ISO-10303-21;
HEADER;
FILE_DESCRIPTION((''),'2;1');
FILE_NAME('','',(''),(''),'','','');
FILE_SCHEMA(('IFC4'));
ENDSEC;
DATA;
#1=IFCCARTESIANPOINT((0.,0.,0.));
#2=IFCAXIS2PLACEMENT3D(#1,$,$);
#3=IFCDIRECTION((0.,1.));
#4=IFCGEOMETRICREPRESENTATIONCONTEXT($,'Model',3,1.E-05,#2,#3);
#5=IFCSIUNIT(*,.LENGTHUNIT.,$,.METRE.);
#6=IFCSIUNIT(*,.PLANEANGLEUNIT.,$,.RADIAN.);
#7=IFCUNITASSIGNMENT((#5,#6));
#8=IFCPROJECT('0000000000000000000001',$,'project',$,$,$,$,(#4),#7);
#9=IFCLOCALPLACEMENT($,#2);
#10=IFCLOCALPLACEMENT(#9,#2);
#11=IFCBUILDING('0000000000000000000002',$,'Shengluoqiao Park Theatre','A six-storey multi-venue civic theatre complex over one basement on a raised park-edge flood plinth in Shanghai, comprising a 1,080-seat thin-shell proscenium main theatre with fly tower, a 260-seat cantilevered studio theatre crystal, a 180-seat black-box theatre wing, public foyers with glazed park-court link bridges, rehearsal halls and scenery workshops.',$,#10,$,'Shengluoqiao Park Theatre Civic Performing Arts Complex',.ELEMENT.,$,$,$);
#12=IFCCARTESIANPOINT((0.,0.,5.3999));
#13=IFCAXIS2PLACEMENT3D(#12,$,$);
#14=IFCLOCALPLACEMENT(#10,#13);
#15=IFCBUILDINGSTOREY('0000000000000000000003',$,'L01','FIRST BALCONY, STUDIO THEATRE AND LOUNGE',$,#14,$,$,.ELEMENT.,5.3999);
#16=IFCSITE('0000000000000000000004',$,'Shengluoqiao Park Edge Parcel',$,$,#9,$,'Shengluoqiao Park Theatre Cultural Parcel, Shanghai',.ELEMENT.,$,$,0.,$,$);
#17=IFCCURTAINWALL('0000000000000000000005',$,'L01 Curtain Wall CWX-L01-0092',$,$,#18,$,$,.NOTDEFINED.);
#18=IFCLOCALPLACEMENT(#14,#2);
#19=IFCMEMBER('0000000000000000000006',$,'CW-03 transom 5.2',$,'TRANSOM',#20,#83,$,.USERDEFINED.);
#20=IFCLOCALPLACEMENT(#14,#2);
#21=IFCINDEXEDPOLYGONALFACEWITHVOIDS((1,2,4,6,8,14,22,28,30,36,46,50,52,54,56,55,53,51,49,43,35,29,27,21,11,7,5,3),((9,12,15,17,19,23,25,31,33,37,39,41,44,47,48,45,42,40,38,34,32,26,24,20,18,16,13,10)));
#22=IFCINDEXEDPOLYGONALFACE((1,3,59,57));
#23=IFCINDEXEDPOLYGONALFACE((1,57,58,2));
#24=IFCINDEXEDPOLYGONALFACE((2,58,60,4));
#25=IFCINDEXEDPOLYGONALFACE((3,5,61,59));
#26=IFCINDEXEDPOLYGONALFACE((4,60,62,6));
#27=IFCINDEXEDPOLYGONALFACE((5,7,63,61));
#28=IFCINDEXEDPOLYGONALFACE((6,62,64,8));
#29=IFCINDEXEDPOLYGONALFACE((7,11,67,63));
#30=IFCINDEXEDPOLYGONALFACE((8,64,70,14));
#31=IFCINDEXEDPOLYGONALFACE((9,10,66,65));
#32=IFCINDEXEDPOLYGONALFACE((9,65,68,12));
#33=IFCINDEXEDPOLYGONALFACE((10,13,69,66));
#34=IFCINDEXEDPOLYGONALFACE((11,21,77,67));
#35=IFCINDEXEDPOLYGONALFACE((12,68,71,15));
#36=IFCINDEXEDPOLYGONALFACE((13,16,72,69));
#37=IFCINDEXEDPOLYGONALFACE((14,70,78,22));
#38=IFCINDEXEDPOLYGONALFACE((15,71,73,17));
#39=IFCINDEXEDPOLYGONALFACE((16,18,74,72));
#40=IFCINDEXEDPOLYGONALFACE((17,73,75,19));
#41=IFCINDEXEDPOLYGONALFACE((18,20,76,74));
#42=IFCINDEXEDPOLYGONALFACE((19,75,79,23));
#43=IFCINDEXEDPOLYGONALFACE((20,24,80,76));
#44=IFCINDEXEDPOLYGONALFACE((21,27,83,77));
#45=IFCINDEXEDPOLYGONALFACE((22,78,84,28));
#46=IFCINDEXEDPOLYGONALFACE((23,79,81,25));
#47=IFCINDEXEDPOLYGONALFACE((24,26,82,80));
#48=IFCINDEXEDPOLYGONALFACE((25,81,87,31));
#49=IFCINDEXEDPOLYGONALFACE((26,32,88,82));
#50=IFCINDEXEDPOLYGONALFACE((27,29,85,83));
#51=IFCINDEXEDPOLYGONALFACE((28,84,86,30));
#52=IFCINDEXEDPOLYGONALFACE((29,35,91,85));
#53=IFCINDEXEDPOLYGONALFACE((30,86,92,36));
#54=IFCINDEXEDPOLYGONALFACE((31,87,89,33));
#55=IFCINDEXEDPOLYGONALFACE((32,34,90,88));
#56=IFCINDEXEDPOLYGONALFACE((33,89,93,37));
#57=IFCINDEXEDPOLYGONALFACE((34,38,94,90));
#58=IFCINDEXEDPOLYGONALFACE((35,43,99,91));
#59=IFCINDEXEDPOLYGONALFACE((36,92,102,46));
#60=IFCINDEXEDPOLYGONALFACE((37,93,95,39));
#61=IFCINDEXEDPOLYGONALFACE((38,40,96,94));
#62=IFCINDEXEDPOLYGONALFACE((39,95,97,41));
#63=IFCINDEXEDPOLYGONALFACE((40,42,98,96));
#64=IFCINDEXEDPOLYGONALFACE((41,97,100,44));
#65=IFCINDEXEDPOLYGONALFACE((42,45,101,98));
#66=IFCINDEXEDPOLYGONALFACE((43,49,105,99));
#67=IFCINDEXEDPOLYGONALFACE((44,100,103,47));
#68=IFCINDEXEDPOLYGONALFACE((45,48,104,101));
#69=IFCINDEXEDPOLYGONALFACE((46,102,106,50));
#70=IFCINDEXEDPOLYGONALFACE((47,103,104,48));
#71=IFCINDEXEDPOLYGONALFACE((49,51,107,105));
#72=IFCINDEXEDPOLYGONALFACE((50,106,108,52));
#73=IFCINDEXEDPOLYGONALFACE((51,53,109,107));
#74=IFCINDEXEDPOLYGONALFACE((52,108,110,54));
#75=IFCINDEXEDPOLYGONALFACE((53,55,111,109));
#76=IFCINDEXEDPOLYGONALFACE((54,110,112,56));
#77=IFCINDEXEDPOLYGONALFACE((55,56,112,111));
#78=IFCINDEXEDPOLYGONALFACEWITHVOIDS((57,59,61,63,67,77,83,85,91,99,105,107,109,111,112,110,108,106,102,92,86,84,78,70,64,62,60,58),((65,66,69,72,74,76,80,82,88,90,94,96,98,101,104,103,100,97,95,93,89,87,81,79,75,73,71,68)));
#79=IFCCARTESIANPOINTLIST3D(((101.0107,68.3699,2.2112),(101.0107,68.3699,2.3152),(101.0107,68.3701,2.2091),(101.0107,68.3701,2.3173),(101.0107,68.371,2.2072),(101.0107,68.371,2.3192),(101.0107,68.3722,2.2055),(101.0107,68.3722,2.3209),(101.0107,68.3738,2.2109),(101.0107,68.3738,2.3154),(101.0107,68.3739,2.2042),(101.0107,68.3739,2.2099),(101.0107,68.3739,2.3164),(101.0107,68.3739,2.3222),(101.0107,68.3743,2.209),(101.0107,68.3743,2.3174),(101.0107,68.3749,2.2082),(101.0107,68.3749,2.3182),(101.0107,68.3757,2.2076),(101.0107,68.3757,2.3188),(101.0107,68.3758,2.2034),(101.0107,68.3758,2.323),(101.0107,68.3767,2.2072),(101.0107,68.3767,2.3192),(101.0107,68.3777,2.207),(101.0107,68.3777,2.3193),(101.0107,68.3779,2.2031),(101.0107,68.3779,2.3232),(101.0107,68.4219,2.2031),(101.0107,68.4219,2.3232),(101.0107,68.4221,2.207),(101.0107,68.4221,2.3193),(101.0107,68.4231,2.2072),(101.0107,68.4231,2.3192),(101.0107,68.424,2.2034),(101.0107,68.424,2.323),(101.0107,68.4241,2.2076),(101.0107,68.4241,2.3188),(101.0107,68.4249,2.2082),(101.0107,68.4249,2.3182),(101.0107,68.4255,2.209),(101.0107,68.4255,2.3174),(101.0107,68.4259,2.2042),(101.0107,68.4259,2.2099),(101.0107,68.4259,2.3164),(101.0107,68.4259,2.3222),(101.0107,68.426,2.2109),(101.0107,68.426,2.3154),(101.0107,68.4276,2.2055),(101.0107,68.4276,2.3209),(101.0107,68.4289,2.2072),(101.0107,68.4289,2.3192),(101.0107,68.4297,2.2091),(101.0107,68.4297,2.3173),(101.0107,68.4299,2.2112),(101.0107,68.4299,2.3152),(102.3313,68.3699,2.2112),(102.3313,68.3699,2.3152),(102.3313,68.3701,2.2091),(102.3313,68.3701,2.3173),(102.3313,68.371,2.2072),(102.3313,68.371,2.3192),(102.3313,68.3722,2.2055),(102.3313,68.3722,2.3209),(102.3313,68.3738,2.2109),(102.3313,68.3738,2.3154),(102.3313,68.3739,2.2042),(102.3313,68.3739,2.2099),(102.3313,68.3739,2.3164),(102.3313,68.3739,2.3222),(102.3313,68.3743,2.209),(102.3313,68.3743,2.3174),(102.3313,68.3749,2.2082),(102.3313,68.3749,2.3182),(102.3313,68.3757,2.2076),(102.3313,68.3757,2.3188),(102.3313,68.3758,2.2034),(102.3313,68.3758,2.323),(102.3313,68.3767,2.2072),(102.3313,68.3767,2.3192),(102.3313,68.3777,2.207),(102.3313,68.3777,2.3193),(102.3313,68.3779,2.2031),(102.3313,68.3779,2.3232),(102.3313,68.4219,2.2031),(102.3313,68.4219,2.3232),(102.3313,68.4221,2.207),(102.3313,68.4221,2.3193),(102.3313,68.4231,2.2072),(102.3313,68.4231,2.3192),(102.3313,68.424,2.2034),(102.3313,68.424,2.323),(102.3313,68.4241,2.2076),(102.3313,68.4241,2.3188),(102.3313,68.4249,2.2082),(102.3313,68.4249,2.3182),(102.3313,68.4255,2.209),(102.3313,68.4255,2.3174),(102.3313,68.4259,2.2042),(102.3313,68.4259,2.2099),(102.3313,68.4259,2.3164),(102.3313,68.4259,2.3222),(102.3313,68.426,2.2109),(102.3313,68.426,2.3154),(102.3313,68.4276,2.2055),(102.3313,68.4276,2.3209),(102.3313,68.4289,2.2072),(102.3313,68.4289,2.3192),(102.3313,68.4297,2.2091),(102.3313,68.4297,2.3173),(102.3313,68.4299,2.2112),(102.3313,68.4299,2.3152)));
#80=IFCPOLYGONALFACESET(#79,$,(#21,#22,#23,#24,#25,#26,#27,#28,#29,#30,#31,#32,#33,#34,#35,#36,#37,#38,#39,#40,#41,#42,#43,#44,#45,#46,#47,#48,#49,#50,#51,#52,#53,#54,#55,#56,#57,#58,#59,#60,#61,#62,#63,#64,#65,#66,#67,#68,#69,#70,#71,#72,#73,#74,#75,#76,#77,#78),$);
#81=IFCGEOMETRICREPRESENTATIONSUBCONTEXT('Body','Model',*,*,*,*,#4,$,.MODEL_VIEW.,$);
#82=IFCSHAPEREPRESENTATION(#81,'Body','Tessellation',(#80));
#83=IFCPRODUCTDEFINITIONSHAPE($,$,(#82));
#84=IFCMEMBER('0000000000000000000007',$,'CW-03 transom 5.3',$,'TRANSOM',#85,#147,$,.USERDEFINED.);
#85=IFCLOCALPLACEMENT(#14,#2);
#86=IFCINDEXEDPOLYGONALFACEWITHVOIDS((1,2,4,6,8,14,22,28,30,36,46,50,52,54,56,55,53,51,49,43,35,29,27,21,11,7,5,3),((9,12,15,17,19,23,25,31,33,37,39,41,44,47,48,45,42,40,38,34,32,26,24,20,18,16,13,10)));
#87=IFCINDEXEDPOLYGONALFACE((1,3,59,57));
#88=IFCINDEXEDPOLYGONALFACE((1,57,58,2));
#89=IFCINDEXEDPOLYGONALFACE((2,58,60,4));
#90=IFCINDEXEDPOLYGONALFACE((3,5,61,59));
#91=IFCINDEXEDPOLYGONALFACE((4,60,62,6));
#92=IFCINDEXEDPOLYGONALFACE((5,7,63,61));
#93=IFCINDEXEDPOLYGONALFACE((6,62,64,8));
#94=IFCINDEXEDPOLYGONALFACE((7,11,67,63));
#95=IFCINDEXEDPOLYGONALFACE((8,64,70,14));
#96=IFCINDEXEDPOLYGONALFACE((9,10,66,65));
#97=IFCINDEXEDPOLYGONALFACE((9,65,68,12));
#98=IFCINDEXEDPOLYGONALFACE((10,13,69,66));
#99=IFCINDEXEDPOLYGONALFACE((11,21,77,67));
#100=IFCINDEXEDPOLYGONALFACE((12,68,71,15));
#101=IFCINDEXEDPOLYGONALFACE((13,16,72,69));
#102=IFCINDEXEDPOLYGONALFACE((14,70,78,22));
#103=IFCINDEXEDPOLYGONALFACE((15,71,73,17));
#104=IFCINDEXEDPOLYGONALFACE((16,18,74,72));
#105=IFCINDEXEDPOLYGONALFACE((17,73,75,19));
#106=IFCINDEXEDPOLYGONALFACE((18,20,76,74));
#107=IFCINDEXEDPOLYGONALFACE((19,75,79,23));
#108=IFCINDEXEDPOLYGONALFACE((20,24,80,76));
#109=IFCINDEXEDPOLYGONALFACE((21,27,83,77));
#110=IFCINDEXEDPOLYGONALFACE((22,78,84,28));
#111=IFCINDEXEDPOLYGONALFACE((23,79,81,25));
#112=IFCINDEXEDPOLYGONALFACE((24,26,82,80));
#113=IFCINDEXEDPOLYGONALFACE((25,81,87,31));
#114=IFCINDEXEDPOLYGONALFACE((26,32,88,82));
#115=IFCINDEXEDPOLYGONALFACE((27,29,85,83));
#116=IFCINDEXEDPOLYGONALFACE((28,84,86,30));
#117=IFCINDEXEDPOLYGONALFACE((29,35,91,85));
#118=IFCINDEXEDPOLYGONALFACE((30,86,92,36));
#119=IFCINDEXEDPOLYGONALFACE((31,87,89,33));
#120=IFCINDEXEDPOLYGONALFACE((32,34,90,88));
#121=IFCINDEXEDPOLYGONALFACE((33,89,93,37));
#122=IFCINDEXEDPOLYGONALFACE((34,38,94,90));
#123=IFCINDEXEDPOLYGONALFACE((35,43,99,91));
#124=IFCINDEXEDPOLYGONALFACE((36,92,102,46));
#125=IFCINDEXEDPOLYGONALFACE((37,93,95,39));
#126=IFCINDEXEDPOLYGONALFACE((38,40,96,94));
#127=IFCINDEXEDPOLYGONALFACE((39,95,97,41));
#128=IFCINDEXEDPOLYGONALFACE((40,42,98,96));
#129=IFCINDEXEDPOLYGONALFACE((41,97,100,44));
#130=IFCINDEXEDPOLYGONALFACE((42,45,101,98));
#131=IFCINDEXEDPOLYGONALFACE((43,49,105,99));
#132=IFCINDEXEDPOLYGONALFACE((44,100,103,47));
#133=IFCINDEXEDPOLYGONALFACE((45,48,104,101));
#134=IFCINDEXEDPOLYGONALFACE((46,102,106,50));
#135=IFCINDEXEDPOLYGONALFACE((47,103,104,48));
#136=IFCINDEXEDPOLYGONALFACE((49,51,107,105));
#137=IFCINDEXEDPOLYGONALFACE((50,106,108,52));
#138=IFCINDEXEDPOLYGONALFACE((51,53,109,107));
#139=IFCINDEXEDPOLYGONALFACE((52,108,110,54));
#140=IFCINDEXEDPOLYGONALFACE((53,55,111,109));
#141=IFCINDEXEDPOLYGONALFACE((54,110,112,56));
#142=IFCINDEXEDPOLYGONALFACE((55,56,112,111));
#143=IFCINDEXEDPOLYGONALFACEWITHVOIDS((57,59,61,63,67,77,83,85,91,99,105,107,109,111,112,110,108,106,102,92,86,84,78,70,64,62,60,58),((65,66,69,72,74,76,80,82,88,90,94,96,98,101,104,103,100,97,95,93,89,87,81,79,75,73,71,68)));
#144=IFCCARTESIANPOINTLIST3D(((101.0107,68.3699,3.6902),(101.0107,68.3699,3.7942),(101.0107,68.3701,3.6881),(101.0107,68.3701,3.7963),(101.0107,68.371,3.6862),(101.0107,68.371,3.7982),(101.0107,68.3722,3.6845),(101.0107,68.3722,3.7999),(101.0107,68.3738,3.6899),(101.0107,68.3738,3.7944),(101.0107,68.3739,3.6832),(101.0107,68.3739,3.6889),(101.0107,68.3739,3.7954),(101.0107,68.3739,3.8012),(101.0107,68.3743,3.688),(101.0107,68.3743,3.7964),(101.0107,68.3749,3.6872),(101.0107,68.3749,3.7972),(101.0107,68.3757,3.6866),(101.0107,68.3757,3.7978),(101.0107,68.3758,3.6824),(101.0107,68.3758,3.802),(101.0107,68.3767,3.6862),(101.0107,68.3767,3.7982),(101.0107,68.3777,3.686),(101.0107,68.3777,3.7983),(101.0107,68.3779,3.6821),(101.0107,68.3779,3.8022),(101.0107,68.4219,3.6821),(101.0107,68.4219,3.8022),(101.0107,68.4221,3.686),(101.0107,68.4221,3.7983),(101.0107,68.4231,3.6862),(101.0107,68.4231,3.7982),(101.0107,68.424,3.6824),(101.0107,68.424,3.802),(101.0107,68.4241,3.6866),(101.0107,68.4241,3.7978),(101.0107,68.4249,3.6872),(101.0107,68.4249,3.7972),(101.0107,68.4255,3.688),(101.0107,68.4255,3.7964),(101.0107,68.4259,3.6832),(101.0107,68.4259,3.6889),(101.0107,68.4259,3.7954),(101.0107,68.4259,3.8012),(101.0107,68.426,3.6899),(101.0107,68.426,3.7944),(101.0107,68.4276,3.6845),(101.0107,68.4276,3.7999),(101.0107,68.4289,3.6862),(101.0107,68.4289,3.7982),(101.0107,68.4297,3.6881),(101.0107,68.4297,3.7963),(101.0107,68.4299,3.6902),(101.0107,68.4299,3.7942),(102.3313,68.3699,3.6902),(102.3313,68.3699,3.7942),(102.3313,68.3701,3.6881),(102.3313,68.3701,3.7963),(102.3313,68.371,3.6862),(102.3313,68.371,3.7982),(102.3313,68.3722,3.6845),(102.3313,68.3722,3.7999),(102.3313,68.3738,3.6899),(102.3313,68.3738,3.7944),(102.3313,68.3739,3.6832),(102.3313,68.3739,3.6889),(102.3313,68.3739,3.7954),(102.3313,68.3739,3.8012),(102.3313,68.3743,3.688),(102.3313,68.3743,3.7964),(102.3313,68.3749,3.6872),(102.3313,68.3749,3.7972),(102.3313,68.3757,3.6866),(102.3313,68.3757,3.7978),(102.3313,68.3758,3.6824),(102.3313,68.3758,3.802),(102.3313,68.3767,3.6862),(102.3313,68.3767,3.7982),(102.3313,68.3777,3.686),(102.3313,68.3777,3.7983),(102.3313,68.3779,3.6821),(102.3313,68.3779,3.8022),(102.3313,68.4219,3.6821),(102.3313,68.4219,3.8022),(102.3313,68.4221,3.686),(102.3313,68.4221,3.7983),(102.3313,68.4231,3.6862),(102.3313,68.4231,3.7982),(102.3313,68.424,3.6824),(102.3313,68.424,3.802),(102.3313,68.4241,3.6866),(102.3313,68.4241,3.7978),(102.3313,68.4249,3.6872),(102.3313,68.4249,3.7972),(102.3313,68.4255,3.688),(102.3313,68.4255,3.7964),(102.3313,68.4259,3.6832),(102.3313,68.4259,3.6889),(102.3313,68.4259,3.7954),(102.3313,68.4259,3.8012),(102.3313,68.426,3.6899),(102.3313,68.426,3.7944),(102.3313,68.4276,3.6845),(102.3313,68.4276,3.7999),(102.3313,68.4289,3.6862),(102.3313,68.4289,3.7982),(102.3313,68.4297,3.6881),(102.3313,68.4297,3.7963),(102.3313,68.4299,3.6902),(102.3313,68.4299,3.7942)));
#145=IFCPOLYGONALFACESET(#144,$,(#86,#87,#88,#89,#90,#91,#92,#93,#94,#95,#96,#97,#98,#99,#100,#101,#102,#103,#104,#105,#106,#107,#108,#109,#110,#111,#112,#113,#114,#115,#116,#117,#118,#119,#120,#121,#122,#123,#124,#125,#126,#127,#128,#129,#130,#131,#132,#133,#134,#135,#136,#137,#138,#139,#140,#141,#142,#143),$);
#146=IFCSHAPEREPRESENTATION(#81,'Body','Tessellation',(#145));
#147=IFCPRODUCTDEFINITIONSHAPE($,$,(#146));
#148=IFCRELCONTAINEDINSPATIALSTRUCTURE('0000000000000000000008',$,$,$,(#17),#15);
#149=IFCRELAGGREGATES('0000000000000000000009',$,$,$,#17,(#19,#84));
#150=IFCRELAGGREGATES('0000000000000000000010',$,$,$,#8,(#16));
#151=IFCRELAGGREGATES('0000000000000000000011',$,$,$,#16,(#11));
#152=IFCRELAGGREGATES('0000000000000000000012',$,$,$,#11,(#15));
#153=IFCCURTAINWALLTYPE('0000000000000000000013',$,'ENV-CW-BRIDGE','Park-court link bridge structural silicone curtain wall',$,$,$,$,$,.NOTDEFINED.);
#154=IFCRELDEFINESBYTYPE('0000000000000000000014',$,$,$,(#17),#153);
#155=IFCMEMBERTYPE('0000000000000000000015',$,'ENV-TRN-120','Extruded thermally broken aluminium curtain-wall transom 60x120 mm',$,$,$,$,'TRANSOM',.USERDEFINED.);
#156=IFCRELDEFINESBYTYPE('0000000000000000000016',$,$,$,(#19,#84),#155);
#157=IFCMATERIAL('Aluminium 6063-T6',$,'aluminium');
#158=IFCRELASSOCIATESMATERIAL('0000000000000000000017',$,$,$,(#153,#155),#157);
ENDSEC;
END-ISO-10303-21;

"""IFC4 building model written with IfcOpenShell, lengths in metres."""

from ifc_helpers import new_model, si_unit, direction, frame, origin, origin_2d, place, context, subcontext, project, spatial, hollow_rectangle, extrude, material, material_profile, profile_set, type_object, element, aggregate, save


model = new_model("IFC4")

# Units and contexts
model_context = context("Model", 3, precision=1e-05, world=origin(), true_north=direction((0.0, 1.0)))
body_context = subcontext(model_context, "Body", "Model", "MODEL_VIEW")
ifc_project = project(units=[si_unit("LENGTHUNIT", "METRE"), si_unit("PLANEANGLEUNIT", "RADIAN")], contexts=[model_context])

# Site, building, storey
site_placement = place(None, origin())
site = spatial("IfcSite", under=ifc_project, at=site_placement, Name="Shengluoqiao Park Edge Parcel", LongName="Shengluoqiao Park Theatre Cultural Parcel, Shanghai", CompositionType="ELEMENT", RefElevation=0.0)
building_placement = place(site_placement, origin())
building = spatial("IfcBuilding", under=site, at=building_placement, Name="Shengluoqiao Park Theatre", Description="A six-storey multi-venue civic theatre complex over one basement on a raised park-edge flood plinth in Shanghai, comprising a 1,080-seat thin-shell proscenium main theatre with fly tower, a 260-seat cantilevered studio theatre crystal, a 180-seat black-box theatre wing, public foyers with glazed park-court link bridges, rehearsal halls and scenery workshops.", LongName="Shengluoqiao Park Theatre Civic Performing Arts Complex", CompositionType="ELEMENT")
storey_placement = place(building_placement, frame((0.0, 0.0, 5.3999)))
storey = spatial("IfcBuildingStorey", under=building, at=storey_placement, Name="L01", Description="FIRST BALCONY, STUDIO THEATRE AND LOUNGE", CompositionType="ELEMENT", Elevation=5.3999)

# Curtain wall
ifc_material_1 = material(Name="Aluminium 6063-T6", Category="aluminium")
curtain_wall_type = type_object("IfcCurtainWallType", Name="ENV-CW-BRIDGE", Description="Park-court link bridge structural silicone curtain wall", PredefinedType="NOTDEFINED", material=ifc_material_1)
curtain_wall_1_placement = place(storey_placement, origin())
curtain_wall_1 = element("IfcCurtainWall", 1, at=curtain_wall_1_placement, inside=storey, type_object=curtain_wall_type, Name="L01 Curtain Wall CWX-L01-0092", PredefinedType="NOTDEFINED")

# Members
ifc_material_profile_1 = material_profile(ifc_material_1, hollow_rectangle(XDim=0.0601, YDim=0.1201, WallThickness=0.0039, InnerFilletRadius=0.0039, OuterFilletRadius=0.0081, at=origin_2d()), Name="ALU TRANSOM 120x60x4")
ifc_profile_set_1 = profile_set([ifc_material_profile_1], Name="Aluminium 6063-T6")
member_type_1 = type_object("IfcMemberType", Name="ENV-TRN-120", Description="Extruded thermally broken aluminium curtain-wall transom 60x120 mm", ElementType="TRANSOM", PredefinedType="USERDEFINED", material=ifc_profile_set_1)
member_1_placement = place(storey_placement, frame((101.0107, 68.3999, 2.2632), z_axis=(1.0, 0.0, 0.0), x_axis=(0.0, 1.0, 0.0)))
member_1 = element("IfcMember", 2, at=member_1_placement, type_object=member_type_1, Name="CW-03 transom 5.2", ObjectType="TRANSOM", PredefinedType="USERDEFINED", context=body_context, shape_type="SweptSolid", body=[
    extrude(hollow_rectangle(XDim=0.0601, YDim=0.1201, WallThickness=0.0039, InnerFilletRadius=0.0039, OuterFilletRadius=0.0081, at=origin_2d()), origin(), (0.0, 0.0, 1.0), 1.3206),
])
member_2_placement = place(storey_placement, frame((101.0107, 68.3999, 3.7422), z_axis=(1.0, 0.0, 0.0), x_axis=(0.0, 1.0, 0.0)))
member_2 = element("IfcMember", 3, at=member_2_placement, type_object=member_type_1, Name="CW-03 transom 5.3", ObjectType="TRANSOM", PredefinedType="USERDEFINED", context=body_context, shape_type="SweptSolid", body=[
    extrude(hollow_rectangle(XDim=0.0601, YDim=0.1201, WallThickness=0.0039, InnerFilletRadius=0.0039, OuterFilletRadius=0.0081, at=origin_2d()), origin(), (0.0, 0.0, 1.0), 1.3206),
])

aggregate(curtain_wall_1, [member_1, member_2])

save(model, "model.ifc")
